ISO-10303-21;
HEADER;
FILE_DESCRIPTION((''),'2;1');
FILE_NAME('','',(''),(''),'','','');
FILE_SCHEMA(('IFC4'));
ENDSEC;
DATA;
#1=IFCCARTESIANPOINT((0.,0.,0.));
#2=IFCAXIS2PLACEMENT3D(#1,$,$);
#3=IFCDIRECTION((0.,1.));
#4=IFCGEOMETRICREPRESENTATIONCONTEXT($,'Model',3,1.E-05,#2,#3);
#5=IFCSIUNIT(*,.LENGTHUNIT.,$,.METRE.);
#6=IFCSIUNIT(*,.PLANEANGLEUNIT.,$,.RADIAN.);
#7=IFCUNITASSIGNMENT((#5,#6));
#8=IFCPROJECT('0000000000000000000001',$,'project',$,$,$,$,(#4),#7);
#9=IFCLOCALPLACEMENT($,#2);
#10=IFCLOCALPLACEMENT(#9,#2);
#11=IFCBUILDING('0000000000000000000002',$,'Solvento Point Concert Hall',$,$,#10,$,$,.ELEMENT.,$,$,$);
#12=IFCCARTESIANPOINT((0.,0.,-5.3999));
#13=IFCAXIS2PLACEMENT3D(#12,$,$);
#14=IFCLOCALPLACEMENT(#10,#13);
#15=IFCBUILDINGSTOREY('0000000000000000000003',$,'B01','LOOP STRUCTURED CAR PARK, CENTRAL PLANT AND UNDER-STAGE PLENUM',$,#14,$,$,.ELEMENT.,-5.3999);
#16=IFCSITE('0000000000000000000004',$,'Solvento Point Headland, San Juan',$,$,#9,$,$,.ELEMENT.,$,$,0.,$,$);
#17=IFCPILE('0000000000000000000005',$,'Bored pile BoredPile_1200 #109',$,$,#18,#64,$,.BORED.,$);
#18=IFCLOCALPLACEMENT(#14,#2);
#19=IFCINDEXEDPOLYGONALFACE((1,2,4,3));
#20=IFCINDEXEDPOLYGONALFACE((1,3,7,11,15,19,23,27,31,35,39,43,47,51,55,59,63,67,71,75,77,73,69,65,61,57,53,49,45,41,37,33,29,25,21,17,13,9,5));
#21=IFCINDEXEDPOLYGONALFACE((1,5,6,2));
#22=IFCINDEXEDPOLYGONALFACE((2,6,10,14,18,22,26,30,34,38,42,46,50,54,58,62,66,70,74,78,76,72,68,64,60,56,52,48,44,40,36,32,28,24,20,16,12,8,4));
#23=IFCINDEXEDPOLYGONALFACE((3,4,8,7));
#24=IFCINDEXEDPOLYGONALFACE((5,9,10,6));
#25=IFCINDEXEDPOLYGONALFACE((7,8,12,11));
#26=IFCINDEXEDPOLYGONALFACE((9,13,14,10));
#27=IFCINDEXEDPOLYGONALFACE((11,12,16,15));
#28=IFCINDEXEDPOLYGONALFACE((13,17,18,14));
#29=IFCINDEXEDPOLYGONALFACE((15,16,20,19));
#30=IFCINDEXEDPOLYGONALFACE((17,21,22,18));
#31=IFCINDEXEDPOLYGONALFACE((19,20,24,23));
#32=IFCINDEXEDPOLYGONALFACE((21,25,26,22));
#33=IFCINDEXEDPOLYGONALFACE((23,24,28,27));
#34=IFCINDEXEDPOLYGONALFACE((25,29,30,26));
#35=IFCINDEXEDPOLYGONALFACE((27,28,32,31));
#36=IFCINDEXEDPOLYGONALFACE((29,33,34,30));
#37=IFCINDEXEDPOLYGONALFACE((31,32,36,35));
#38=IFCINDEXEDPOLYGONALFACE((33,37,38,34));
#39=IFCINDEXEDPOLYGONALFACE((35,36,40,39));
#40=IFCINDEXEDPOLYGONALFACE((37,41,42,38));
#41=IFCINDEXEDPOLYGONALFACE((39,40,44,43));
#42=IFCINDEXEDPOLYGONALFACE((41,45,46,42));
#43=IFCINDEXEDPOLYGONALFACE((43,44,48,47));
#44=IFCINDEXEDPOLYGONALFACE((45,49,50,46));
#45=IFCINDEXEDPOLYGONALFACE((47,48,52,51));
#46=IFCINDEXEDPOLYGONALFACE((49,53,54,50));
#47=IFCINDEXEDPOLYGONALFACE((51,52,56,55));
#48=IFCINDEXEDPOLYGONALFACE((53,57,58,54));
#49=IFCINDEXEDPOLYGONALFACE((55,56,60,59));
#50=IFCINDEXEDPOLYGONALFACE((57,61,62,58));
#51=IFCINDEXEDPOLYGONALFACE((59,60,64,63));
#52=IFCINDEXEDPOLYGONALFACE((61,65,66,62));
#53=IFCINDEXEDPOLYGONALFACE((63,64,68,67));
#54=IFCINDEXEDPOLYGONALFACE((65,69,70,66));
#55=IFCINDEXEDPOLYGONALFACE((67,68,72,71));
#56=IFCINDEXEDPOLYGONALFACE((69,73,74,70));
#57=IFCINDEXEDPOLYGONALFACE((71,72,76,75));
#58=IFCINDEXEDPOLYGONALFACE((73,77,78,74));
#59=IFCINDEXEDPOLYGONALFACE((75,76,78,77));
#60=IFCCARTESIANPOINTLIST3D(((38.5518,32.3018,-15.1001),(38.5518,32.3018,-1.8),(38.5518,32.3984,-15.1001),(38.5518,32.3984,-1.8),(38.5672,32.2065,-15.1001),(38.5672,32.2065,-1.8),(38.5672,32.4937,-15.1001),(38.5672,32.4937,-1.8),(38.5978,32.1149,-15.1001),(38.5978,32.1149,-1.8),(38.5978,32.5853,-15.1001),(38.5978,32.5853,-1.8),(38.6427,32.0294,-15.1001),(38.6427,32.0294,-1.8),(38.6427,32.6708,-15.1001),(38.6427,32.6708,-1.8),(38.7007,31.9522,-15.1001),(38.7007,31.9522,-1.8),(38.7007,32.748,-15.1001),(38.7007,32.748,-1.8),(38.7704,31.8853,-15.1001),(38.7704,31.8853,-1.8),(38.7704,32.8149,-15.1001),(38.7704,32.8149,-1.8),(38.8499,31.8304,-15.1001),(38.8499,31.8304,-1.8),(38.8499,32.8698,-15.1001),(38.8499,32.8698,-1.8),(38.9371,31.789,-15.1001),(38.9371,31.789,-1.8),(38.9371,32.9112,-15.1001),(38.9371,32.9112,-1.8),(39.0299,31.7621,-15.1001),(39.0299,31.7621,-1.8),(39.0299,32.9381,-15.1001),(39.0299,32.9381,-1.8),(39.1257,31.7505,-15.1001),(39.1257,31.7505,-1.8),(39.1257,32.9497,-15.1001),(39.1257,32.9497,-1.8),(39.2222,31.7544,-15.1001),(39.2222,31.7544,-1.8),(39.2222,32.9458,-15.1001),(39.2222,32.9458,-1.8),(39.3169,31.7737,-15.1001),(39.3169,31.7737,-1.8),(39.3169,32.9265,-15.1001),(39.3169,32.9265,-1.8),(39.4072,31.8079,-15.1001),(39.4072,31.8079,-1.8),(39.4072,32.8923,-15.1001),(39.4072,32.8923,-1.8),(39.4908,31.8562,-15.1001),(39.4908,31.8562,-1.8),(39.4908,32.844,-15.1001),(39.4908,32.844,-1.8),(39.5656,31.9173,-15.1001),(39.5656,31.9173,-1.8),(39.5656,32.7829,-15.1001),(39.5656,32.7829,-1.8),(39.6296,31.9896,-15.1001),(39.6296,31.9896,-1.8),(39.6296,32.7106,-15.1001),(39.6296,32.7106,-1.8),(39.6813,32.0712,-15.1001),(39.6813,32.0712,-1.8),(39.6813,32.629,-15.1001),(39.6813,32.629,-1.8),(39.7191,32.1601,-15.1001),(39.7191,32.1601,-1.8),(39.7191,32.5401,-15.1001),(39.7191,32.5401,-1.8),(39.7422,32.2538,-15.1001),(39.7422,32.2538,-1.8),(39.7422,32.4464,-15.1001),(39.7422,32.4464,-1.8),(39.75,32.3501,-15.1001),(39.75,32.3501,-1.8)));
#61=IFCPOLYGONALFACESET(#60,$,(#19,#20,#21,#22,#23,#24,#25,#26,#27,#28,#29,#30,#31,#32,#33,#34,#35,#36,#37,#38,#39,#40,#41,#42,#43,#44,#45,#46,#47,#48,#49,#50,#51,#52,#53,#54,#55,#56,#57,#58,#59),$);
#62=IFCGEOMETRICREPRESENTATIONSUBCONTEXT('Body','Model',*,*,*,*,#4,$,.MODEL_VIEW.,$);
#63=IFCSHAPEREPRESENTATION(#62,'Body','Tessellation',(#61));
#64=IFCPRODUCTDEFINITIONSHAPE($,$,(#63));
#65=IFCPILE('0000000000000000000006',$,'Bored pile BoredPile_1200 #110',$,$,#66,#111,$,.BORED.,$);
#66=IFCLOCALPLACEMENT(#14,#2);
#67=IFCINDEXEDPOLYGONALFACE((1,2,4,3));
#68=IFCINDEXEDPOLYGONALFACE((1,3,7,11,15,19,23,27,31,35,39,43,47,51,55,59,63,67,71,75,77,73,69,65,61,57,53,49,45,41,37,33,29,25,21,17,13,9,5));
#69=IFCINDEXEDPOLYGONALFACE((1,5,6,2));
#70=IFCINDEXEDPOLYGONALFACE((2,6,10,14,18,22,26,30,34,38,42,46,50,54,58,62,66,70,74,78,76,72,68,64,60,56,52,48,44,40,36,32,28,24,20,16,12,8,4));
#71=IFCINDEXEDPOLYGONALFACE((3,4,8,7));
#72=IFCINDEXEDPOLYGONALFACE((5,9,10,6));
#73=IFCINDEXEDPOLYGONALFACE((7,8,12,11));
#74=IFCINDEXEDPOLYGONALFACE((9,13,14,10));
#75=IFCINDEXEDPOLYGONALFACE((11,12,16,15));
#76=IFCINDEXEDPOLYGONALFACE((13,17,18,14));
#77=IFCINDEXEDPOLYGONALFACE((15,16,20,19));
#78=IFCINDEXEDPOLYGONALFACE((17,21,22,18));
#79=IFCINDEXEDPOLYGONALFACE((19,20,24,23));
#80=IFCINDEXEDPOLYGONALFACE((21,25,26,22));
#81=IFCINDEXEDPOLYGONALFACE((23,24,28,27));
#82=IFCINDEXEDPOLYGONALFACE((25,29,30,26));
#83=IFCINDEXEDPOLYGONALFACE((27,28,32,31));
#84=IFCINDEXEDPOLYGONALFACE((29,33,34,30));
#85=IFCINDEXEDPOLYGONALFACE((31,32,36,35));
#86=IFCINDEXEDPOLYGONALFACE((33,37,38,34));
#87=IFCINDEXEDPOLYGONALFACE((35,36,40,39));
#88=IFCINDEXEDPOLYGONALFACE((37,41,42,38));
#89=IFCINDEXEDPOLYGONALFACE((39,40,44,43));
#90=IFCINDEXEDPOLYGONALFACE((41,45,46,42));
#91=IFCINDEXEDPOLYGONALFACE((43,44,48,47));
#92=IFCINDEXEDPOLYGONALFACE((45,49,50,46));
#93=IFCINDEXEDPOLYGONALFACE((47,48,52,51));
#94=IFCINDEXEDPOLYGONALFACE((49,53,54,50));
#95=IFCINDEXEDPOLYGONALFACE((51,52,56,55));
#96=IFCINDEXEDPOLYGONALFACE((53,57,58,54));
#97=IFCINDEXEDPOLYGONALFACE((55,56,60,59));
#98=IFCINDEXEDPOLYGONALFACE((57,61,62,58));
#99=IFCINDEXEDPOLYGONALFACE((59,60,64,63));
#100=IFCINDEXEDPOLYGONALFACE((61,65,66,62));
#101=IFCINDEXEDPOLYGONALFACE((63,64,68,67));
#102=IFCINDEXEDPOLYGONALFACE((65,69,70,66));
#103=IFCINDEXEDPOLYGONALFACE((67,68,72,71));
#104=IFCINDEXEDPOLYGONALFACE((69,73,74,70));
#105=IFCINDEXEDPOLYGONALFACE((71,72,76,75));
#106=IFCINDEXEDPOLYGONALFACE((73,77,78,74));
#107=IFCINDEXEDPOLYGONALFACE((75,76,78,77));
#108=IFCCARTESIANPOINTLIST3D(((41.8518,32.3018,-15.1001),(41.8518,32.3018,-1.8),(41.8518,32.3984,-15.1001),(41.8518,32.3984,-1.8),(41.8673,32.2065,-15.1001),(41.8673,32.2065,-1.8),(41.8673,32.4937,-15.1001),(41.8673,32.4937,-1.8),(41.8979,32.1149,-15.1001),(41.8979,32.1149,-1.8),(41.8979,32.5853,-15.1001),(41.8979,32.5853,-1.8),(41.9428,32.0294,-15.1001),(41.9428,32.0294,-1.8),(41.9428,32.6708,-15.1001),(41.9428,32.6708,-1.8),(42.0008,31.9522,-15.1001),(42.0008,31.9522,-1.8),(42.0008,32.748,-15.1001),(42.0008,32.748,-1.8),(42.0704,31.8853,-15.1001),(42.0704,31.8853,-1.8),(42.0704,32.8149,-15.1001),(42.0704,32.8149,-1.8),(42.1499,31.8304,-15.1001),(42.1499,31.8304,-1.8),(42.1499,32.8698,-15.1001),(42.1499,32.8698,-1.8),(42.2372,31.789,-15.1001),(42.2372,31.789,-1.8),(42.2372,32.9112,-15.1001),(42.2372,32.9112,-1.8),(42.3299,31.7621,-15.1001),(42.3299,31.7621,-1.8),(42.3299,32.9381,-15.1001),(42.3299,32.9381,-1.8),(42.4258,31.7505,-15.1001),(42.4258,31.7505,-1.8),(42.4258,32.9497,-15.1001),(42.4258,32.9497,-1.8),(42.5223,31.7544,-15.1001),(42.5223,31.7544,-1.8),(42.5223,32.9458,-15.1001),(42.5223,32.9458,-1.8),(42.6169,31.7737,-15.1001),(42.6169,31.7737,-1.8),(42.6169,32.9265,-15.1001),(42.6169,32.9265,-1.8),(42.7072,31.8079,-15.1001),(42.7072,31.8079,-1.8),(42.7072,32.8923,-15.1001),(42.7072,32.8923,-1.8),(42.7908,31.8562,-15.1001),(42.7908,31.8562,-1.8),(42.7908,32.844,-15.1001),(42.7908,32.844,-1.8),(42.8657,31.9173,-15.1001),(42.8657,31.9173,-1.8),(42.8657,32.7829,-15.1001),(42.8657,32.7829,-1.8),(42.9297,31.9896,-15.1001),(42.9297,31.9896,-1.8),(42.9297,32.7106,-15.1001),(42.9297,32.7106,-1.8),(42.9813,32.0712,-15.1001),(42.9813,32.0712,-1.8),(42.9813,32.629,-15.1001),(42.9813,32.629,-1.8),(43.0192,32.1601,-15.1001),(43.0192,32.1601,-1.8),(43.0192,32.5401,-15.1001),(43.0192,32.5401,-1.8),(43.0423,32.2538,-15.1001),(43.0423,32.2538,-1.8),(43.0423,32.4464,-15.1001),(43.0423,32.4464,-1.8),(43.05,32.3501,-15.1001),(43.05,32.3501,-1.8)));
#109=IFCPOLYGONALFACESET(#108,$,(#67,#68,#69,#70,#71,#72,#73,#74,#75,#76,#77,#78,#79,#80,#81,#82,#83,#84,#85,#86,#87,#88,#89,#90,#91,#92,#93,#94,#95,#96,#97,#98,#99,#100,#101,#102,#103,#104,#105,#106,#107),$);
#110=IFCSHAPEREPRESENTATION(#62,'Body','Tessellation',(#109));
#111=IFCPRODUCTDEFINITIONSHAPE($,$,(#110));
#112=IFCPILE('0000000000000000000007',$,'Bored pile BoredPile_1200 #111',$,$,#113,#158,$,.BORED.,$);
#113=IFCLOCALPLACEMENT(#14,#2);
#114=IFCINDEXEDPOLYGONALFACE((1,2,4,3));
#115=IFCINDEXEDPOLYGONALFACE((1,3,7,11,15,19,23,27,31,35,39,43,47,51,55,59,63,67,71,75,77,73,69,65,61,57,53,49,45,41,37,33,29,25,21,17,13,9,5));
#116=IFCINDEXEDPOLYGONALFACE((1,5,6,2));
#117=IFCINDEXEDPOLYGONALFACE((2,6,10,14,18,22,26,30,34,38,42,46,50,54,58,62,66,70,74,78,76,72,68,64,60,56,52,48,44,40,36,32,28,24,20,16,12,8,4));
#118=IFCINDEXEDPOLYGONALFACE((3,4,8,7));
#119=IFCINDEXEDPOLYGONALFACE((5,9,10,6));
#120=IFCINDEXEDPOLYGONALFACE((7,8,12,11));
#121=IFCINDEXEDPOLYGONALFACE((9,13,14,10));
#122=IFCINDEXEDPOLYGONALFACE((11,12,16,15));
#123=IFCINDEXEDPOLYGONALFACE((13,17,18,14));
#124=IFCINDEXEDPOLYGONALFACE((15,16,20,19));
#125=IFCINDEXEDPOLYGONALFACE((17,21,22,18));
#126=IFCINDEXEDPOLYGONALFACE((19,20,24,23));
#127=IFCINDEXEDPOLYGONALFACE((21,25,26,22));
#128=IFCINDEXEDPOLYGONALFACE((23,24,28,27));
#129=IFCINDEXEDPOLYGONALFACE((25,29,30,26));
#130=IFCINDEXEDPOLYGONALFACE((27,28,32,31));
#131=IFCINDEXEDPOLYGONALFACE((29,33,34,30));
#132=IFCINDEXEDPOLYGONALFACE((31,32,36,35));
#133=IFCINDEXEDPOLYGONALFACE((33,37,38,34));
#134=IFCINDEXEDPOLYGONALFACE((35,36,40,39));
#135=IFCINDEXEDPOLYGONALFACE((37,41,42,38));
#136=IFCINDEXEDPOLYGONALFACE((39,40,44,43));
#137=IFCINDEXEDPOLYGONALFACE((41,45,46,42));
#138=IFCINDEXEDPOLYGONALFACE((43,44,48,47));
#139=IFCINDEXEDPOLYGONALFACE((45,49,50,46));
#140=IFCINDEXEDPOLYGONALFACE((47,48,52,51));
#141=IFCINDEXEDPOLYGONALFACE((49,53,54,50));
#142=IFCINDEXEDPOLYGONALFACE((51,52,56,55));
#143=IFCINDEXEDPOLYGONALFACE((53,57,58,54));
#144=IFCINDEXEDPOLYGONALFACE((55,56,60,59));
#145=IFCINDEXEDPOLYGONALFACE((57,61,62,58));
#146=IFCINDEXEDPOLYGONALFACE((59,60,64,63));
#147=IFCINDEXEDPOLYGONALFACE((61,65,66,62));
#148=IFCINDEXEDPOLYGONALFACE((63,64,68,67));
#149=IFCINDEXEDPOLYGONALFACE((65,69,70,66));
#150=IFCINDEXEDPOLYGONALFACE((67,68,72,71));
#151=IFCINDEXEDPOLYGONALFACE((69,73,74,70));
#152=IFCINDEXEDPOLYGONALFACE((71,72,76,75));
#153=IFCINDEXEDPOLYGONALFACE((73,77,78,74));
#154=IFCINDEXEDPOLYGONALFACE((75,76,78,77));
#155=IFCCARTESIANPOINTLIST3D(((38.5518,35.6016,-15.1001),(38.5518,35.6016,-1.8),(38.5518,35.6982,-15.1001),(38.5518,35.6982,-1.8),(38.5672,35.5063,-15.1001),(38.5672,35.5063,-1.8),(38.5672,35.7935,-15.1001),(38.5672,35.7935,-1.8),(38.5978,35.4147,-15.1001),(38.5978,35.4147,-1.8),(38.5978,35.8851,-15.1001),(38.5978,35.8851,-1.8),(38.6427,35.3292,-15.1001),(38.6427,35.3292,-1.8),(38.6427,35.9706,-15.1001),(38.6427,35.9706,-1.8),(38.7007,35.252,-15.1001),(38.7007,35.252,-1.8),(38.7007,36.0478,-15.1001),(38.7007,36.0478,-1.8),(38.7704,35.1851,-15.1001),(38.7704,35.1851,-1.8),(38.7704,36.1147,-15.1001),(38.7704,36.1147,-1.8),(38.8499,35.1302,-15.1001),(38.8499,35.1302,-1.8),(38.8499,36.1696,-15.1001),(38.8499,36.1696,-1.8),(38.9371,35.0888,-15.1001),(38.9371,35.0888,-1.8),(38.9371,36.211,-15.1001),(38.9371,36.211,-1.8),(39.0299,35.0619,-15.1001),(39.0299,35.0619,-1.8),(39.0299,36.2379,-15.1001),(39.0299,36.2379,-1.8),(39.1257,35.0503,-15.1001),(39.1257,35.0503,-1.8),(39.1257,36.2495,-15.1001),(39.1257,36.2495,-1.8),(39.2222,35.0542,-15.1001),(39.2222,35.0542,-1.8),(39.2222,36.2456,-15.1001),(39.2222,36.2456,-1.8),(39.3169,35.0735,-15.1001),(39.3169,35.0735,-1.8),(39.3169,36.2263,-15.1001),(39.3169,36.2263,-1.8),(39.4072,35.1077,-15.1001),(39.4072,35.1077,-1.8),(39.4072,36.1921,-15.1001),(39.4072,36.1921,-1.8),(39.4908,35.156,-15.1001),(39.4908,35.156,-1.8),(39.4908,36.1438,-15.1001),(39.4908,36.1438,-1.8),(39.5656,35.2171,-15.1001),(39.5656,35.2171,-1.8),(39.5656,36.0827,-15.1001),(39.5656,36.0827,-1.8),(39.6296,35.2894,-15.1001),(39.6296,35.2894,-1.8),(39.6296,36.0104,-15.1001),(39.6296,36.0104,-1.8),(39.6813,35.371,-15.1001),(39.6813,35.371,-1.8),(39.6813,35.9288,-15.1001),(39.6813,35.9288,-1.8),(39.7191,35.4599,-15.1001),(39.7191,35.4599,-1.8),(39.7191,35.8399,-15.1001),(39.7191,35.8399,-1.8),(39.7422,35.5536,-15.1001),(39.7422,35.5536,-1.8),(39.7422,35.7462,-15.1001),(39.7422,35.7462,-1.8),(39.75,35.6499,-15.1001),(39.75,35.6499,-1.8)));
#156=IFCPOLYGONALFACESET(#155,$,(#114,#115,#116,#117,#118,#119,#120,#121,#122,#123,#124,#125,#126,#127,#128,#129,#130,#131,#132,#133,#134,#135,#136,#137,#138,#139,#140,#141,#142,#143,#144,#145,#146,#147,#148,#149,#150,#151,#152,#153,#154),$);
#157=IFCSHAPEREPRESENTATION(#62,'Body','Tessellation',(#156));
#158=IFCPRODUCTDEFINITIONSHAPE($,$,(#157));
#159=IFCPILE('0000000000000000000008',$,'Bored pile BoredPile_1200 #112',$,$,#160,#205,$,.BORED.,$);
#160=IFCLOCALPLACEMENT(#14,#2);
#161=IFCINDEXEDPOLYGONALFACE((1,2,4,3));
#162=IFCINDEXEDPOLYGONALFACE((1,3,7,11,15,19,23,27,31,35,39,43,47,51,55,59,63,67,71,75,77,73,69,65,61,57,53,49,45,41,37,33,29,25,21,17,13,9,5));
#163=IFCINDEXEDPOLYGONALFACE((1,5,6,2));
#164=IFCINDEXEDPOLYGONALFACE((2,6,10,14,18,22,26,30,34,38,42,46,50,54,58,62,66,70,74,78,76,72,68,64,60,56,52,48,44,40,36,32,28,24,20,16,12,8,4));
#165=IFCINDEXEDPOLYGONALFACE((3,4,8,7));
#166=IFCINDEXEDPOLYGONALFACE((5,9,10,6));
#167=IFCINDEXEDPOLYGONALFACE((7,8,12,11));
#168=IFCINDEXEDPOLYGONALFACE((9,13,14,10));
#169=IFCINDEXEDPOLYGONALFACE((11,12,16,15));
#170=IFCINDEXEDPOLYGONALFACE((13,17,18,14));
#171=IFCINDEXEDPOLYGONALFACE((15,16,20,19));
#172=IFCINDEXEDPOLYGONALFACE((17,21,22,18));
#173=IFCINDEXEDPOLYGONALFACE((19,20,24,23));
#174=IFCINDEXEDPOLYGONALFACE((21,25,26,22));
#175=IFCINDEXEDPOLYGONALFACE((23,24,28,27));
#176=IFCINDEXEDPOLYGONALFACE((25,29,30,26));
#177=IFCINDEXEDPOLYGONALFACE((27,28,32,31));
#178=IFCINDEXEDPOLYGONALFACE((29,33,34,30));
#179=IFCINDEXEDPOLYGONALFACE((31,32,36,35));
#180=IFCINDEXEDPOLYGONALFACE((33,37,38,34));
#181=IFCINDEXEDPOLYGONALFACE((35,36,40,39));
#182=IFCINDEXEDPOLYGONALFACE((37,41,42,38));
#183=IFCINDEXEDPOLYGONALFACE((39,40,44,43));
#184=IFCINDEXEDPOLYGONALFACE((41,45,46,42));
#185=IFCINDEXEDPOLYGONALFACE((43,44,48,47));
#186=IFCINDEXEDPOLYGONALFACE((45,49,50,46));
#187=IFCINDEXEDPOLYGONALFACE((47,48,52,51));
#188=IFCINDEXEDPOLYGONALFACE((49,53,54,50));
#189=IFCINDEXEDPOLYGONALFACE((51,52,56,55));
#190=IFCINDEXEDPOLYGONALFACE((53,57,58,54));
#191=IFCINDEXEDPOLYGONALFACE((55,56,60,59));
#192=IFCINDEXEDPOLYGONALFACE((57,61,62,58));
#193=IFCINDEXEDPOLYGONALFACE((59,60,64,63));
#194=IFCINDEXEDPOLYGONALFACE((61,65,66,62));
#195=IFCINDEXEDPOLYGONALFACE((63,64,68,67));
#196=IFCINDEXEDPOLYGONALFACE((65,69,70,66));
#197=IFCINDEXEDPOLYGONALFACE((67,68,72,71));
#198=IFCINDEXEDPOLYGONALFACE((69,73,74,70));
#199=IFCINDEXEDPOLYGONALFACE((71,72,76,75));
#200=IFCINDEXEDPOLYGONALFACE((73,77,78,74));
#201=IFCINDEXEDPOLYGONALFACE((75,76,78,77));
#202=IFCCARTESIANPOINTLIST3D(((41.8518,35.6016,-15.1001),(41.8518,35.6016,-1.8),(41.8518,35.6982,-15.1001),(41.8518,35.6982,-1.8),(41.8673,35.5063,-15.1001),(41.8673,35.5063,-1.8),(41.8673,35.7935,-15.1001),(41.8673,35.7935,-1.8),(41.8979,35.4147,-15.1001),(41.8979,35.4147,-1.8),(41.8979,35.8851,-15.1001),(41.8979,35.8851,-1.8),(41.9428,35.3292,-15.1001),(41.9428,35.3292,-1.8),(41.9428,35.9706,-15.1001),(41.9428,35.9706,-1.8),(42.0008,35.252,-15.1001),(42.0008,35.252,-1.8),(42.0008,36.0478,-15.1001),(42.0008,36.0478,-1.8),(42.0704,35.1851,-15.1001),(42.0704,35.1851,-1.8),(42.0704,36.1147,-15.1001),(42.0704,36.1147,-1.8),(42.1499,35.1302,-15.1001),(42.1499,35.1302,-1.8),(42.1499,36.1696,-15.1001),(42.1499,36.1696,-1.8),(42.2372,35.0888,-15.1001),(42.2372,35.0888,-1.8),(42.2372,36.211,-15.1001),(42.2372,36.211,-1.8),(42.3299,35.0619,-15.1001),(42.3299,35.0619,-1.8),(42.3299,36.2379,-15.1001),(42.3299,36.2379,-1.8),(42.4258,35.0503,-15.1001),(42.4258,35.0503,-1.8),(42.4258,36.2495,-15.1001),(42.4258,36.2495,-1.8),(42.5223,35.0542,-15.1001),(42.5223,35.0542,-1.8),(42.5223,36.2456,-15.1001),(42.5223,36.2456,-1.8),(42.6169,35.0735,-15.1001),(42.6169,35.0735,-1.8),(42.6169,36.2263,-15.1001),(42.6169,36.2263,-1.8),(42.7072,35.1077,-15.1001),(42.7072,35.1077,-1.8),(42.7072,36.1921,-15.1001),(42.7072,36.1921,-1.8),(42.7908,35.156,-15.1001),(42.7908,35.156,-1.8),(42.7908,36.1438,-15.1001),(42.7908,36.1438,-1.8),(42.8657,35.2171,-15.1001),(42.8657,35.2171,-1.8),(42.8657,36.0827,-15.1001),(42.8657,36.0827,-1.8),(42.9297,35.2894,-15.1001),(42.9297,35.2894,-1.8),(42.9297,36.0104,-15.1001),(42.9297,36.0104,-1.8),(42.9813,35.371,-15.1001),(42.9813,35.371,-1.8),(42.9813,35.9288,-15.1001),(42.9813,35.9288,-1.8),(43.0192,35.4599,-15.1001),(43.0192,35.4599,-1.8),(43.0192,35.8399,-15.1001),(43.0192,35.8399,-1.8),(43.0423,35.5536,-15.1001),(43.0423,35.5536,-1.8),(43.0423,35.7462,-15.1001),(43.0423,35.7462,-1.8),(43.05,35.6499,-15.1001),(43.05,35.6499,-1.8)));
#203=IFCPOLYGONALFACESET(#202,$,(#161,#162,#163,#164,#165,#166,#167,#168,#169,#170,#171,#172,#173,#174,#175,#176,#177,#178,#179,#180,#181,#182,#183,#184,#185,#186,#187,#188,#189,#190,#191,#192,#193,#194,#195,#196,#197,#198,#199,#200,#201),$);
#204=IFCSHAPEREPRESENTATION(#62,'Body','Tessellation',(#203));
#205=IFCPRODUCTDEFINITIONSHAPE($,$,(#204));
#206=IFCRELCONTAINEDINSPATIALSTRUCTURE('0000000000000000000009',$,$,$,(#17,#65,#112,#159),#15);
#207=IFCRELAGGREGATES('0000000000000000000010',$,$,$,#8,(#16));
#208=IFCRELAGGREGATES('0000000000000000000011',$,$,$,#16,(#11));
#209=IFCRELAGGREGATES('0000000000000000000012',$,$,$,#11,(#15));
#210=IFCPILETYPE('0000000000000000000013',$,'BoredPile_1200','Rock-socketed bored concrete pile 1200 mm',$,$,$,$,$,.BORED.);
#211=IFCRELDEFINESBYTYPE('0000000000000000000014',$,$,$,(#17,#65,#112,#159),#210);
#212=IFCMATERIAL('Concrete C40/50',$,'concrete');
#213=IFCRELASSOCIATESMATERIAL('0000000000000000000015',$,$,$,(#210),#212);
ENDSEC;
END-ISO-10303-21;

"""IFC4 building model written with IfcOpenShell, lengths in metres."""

from ifc_helpers import new_model, si_unit, direction, frame, origin, origin_2d, place, context, subcontext, project, spatial, circle, extrude, material, material_profile, profile_set, type_object, element, save


model = new_model("IFC4")

# Units and contexts
model_context = context("Model", 3, precision=1e-05, world=origin(), true_north=direction((0.0, 1.0)))
body_context = subcontext(model_context, "Body", "Model", "MODEL_VIEW")
ifc_project = project(units=[si_unit("LENGTHUNIT", "METRE"), si_unit("PLANEANGLEUNIT", "RADIAN")], contexts=[model_context])

# Site, building, storey
site_placement = place(None, origin())
site = spatial("IfcSite", under=ifc_project, at=site_placement, Name="Solvento Point Headland, San Juan", CompositionType="ELEMENT", RefElevation=0.0)
building_placement = place(site_placement, origin())
building = spatial("IfcBuilding", under=site, at=building_placement, Name="Solvento Point Concert Hall", CompositionType="ELEMENT")
storey_placement = place(building_placement, frame((0.0, 0.0, -5.3999)))
storey = spatial("IfcBuildingStorey", under=building, at=storey_placement, Name="B01", Description="LOOP STRUCTURED CAR PARK, CENTRAL PLANT AND UNDER-STAGE PLENUM", CompositionType="ELEMENT", Elevation=-5.3999)

# Piles
ifc_material_1 = material(Name="Concrete C40/50", Category="concrete")
ifc_material_profile_1 = material_profile(ifc_material_1, circle(Radius=0.6001, at=origin_2d()), Name="BP-1200")
ifc_profile_set_1 = profile_set([ifc_material_profile_1], Name="Concrete C40/50")
pile_type_1 = type_object("IfcPileType", Name="BoredPile_1200", Description="Rock-socketed bored concrete pile 1200 mm", PredefinedType="BORED", material=ifc_profile_set_1)
for number, where, z_axis, x_axis, name in (
    (1, (39.1499, 32.3501, -1.8), (0.0, 0.0, -1.0), (1.0, 0.0, 0.0), "Bored pile BoredPile_1200 #109"),
    (2, (42.45, 32.3501, -1.8), (0.0, 0.0, -1.0), (1.0, 0.0, 0.0), "Bored pile BoredPile_1200 #110"),
    (3, (39.1499, 35.6499, -1.8), (0.0, 0.0, -1.0), (1.0, 0.0, 0.0), "Bored pile BoredPile_1200 #111"),
    (4, (42.45, 35.6499, -1.8), (0.0, 0.0, -1.0), (1.0, 0.0, 0.0), "Bored pile BoredPile_1200 #112"),
):
    element("IfcPile", number, at=place(storey_placement, frame(where, z_axis=z_axis, x_axis=x_axis)), inside=storey, type_object=pile_type_1, Name=name, PredefinedType="BORED", context=body_context, shape_type="SweptSolid", body=[
        extrude(circle(Radius=0.6001, at=origin_2d()), origin(), (0.0, 0.0, 1.0), 13.3),
    ])

save(model, "model.ifc")
